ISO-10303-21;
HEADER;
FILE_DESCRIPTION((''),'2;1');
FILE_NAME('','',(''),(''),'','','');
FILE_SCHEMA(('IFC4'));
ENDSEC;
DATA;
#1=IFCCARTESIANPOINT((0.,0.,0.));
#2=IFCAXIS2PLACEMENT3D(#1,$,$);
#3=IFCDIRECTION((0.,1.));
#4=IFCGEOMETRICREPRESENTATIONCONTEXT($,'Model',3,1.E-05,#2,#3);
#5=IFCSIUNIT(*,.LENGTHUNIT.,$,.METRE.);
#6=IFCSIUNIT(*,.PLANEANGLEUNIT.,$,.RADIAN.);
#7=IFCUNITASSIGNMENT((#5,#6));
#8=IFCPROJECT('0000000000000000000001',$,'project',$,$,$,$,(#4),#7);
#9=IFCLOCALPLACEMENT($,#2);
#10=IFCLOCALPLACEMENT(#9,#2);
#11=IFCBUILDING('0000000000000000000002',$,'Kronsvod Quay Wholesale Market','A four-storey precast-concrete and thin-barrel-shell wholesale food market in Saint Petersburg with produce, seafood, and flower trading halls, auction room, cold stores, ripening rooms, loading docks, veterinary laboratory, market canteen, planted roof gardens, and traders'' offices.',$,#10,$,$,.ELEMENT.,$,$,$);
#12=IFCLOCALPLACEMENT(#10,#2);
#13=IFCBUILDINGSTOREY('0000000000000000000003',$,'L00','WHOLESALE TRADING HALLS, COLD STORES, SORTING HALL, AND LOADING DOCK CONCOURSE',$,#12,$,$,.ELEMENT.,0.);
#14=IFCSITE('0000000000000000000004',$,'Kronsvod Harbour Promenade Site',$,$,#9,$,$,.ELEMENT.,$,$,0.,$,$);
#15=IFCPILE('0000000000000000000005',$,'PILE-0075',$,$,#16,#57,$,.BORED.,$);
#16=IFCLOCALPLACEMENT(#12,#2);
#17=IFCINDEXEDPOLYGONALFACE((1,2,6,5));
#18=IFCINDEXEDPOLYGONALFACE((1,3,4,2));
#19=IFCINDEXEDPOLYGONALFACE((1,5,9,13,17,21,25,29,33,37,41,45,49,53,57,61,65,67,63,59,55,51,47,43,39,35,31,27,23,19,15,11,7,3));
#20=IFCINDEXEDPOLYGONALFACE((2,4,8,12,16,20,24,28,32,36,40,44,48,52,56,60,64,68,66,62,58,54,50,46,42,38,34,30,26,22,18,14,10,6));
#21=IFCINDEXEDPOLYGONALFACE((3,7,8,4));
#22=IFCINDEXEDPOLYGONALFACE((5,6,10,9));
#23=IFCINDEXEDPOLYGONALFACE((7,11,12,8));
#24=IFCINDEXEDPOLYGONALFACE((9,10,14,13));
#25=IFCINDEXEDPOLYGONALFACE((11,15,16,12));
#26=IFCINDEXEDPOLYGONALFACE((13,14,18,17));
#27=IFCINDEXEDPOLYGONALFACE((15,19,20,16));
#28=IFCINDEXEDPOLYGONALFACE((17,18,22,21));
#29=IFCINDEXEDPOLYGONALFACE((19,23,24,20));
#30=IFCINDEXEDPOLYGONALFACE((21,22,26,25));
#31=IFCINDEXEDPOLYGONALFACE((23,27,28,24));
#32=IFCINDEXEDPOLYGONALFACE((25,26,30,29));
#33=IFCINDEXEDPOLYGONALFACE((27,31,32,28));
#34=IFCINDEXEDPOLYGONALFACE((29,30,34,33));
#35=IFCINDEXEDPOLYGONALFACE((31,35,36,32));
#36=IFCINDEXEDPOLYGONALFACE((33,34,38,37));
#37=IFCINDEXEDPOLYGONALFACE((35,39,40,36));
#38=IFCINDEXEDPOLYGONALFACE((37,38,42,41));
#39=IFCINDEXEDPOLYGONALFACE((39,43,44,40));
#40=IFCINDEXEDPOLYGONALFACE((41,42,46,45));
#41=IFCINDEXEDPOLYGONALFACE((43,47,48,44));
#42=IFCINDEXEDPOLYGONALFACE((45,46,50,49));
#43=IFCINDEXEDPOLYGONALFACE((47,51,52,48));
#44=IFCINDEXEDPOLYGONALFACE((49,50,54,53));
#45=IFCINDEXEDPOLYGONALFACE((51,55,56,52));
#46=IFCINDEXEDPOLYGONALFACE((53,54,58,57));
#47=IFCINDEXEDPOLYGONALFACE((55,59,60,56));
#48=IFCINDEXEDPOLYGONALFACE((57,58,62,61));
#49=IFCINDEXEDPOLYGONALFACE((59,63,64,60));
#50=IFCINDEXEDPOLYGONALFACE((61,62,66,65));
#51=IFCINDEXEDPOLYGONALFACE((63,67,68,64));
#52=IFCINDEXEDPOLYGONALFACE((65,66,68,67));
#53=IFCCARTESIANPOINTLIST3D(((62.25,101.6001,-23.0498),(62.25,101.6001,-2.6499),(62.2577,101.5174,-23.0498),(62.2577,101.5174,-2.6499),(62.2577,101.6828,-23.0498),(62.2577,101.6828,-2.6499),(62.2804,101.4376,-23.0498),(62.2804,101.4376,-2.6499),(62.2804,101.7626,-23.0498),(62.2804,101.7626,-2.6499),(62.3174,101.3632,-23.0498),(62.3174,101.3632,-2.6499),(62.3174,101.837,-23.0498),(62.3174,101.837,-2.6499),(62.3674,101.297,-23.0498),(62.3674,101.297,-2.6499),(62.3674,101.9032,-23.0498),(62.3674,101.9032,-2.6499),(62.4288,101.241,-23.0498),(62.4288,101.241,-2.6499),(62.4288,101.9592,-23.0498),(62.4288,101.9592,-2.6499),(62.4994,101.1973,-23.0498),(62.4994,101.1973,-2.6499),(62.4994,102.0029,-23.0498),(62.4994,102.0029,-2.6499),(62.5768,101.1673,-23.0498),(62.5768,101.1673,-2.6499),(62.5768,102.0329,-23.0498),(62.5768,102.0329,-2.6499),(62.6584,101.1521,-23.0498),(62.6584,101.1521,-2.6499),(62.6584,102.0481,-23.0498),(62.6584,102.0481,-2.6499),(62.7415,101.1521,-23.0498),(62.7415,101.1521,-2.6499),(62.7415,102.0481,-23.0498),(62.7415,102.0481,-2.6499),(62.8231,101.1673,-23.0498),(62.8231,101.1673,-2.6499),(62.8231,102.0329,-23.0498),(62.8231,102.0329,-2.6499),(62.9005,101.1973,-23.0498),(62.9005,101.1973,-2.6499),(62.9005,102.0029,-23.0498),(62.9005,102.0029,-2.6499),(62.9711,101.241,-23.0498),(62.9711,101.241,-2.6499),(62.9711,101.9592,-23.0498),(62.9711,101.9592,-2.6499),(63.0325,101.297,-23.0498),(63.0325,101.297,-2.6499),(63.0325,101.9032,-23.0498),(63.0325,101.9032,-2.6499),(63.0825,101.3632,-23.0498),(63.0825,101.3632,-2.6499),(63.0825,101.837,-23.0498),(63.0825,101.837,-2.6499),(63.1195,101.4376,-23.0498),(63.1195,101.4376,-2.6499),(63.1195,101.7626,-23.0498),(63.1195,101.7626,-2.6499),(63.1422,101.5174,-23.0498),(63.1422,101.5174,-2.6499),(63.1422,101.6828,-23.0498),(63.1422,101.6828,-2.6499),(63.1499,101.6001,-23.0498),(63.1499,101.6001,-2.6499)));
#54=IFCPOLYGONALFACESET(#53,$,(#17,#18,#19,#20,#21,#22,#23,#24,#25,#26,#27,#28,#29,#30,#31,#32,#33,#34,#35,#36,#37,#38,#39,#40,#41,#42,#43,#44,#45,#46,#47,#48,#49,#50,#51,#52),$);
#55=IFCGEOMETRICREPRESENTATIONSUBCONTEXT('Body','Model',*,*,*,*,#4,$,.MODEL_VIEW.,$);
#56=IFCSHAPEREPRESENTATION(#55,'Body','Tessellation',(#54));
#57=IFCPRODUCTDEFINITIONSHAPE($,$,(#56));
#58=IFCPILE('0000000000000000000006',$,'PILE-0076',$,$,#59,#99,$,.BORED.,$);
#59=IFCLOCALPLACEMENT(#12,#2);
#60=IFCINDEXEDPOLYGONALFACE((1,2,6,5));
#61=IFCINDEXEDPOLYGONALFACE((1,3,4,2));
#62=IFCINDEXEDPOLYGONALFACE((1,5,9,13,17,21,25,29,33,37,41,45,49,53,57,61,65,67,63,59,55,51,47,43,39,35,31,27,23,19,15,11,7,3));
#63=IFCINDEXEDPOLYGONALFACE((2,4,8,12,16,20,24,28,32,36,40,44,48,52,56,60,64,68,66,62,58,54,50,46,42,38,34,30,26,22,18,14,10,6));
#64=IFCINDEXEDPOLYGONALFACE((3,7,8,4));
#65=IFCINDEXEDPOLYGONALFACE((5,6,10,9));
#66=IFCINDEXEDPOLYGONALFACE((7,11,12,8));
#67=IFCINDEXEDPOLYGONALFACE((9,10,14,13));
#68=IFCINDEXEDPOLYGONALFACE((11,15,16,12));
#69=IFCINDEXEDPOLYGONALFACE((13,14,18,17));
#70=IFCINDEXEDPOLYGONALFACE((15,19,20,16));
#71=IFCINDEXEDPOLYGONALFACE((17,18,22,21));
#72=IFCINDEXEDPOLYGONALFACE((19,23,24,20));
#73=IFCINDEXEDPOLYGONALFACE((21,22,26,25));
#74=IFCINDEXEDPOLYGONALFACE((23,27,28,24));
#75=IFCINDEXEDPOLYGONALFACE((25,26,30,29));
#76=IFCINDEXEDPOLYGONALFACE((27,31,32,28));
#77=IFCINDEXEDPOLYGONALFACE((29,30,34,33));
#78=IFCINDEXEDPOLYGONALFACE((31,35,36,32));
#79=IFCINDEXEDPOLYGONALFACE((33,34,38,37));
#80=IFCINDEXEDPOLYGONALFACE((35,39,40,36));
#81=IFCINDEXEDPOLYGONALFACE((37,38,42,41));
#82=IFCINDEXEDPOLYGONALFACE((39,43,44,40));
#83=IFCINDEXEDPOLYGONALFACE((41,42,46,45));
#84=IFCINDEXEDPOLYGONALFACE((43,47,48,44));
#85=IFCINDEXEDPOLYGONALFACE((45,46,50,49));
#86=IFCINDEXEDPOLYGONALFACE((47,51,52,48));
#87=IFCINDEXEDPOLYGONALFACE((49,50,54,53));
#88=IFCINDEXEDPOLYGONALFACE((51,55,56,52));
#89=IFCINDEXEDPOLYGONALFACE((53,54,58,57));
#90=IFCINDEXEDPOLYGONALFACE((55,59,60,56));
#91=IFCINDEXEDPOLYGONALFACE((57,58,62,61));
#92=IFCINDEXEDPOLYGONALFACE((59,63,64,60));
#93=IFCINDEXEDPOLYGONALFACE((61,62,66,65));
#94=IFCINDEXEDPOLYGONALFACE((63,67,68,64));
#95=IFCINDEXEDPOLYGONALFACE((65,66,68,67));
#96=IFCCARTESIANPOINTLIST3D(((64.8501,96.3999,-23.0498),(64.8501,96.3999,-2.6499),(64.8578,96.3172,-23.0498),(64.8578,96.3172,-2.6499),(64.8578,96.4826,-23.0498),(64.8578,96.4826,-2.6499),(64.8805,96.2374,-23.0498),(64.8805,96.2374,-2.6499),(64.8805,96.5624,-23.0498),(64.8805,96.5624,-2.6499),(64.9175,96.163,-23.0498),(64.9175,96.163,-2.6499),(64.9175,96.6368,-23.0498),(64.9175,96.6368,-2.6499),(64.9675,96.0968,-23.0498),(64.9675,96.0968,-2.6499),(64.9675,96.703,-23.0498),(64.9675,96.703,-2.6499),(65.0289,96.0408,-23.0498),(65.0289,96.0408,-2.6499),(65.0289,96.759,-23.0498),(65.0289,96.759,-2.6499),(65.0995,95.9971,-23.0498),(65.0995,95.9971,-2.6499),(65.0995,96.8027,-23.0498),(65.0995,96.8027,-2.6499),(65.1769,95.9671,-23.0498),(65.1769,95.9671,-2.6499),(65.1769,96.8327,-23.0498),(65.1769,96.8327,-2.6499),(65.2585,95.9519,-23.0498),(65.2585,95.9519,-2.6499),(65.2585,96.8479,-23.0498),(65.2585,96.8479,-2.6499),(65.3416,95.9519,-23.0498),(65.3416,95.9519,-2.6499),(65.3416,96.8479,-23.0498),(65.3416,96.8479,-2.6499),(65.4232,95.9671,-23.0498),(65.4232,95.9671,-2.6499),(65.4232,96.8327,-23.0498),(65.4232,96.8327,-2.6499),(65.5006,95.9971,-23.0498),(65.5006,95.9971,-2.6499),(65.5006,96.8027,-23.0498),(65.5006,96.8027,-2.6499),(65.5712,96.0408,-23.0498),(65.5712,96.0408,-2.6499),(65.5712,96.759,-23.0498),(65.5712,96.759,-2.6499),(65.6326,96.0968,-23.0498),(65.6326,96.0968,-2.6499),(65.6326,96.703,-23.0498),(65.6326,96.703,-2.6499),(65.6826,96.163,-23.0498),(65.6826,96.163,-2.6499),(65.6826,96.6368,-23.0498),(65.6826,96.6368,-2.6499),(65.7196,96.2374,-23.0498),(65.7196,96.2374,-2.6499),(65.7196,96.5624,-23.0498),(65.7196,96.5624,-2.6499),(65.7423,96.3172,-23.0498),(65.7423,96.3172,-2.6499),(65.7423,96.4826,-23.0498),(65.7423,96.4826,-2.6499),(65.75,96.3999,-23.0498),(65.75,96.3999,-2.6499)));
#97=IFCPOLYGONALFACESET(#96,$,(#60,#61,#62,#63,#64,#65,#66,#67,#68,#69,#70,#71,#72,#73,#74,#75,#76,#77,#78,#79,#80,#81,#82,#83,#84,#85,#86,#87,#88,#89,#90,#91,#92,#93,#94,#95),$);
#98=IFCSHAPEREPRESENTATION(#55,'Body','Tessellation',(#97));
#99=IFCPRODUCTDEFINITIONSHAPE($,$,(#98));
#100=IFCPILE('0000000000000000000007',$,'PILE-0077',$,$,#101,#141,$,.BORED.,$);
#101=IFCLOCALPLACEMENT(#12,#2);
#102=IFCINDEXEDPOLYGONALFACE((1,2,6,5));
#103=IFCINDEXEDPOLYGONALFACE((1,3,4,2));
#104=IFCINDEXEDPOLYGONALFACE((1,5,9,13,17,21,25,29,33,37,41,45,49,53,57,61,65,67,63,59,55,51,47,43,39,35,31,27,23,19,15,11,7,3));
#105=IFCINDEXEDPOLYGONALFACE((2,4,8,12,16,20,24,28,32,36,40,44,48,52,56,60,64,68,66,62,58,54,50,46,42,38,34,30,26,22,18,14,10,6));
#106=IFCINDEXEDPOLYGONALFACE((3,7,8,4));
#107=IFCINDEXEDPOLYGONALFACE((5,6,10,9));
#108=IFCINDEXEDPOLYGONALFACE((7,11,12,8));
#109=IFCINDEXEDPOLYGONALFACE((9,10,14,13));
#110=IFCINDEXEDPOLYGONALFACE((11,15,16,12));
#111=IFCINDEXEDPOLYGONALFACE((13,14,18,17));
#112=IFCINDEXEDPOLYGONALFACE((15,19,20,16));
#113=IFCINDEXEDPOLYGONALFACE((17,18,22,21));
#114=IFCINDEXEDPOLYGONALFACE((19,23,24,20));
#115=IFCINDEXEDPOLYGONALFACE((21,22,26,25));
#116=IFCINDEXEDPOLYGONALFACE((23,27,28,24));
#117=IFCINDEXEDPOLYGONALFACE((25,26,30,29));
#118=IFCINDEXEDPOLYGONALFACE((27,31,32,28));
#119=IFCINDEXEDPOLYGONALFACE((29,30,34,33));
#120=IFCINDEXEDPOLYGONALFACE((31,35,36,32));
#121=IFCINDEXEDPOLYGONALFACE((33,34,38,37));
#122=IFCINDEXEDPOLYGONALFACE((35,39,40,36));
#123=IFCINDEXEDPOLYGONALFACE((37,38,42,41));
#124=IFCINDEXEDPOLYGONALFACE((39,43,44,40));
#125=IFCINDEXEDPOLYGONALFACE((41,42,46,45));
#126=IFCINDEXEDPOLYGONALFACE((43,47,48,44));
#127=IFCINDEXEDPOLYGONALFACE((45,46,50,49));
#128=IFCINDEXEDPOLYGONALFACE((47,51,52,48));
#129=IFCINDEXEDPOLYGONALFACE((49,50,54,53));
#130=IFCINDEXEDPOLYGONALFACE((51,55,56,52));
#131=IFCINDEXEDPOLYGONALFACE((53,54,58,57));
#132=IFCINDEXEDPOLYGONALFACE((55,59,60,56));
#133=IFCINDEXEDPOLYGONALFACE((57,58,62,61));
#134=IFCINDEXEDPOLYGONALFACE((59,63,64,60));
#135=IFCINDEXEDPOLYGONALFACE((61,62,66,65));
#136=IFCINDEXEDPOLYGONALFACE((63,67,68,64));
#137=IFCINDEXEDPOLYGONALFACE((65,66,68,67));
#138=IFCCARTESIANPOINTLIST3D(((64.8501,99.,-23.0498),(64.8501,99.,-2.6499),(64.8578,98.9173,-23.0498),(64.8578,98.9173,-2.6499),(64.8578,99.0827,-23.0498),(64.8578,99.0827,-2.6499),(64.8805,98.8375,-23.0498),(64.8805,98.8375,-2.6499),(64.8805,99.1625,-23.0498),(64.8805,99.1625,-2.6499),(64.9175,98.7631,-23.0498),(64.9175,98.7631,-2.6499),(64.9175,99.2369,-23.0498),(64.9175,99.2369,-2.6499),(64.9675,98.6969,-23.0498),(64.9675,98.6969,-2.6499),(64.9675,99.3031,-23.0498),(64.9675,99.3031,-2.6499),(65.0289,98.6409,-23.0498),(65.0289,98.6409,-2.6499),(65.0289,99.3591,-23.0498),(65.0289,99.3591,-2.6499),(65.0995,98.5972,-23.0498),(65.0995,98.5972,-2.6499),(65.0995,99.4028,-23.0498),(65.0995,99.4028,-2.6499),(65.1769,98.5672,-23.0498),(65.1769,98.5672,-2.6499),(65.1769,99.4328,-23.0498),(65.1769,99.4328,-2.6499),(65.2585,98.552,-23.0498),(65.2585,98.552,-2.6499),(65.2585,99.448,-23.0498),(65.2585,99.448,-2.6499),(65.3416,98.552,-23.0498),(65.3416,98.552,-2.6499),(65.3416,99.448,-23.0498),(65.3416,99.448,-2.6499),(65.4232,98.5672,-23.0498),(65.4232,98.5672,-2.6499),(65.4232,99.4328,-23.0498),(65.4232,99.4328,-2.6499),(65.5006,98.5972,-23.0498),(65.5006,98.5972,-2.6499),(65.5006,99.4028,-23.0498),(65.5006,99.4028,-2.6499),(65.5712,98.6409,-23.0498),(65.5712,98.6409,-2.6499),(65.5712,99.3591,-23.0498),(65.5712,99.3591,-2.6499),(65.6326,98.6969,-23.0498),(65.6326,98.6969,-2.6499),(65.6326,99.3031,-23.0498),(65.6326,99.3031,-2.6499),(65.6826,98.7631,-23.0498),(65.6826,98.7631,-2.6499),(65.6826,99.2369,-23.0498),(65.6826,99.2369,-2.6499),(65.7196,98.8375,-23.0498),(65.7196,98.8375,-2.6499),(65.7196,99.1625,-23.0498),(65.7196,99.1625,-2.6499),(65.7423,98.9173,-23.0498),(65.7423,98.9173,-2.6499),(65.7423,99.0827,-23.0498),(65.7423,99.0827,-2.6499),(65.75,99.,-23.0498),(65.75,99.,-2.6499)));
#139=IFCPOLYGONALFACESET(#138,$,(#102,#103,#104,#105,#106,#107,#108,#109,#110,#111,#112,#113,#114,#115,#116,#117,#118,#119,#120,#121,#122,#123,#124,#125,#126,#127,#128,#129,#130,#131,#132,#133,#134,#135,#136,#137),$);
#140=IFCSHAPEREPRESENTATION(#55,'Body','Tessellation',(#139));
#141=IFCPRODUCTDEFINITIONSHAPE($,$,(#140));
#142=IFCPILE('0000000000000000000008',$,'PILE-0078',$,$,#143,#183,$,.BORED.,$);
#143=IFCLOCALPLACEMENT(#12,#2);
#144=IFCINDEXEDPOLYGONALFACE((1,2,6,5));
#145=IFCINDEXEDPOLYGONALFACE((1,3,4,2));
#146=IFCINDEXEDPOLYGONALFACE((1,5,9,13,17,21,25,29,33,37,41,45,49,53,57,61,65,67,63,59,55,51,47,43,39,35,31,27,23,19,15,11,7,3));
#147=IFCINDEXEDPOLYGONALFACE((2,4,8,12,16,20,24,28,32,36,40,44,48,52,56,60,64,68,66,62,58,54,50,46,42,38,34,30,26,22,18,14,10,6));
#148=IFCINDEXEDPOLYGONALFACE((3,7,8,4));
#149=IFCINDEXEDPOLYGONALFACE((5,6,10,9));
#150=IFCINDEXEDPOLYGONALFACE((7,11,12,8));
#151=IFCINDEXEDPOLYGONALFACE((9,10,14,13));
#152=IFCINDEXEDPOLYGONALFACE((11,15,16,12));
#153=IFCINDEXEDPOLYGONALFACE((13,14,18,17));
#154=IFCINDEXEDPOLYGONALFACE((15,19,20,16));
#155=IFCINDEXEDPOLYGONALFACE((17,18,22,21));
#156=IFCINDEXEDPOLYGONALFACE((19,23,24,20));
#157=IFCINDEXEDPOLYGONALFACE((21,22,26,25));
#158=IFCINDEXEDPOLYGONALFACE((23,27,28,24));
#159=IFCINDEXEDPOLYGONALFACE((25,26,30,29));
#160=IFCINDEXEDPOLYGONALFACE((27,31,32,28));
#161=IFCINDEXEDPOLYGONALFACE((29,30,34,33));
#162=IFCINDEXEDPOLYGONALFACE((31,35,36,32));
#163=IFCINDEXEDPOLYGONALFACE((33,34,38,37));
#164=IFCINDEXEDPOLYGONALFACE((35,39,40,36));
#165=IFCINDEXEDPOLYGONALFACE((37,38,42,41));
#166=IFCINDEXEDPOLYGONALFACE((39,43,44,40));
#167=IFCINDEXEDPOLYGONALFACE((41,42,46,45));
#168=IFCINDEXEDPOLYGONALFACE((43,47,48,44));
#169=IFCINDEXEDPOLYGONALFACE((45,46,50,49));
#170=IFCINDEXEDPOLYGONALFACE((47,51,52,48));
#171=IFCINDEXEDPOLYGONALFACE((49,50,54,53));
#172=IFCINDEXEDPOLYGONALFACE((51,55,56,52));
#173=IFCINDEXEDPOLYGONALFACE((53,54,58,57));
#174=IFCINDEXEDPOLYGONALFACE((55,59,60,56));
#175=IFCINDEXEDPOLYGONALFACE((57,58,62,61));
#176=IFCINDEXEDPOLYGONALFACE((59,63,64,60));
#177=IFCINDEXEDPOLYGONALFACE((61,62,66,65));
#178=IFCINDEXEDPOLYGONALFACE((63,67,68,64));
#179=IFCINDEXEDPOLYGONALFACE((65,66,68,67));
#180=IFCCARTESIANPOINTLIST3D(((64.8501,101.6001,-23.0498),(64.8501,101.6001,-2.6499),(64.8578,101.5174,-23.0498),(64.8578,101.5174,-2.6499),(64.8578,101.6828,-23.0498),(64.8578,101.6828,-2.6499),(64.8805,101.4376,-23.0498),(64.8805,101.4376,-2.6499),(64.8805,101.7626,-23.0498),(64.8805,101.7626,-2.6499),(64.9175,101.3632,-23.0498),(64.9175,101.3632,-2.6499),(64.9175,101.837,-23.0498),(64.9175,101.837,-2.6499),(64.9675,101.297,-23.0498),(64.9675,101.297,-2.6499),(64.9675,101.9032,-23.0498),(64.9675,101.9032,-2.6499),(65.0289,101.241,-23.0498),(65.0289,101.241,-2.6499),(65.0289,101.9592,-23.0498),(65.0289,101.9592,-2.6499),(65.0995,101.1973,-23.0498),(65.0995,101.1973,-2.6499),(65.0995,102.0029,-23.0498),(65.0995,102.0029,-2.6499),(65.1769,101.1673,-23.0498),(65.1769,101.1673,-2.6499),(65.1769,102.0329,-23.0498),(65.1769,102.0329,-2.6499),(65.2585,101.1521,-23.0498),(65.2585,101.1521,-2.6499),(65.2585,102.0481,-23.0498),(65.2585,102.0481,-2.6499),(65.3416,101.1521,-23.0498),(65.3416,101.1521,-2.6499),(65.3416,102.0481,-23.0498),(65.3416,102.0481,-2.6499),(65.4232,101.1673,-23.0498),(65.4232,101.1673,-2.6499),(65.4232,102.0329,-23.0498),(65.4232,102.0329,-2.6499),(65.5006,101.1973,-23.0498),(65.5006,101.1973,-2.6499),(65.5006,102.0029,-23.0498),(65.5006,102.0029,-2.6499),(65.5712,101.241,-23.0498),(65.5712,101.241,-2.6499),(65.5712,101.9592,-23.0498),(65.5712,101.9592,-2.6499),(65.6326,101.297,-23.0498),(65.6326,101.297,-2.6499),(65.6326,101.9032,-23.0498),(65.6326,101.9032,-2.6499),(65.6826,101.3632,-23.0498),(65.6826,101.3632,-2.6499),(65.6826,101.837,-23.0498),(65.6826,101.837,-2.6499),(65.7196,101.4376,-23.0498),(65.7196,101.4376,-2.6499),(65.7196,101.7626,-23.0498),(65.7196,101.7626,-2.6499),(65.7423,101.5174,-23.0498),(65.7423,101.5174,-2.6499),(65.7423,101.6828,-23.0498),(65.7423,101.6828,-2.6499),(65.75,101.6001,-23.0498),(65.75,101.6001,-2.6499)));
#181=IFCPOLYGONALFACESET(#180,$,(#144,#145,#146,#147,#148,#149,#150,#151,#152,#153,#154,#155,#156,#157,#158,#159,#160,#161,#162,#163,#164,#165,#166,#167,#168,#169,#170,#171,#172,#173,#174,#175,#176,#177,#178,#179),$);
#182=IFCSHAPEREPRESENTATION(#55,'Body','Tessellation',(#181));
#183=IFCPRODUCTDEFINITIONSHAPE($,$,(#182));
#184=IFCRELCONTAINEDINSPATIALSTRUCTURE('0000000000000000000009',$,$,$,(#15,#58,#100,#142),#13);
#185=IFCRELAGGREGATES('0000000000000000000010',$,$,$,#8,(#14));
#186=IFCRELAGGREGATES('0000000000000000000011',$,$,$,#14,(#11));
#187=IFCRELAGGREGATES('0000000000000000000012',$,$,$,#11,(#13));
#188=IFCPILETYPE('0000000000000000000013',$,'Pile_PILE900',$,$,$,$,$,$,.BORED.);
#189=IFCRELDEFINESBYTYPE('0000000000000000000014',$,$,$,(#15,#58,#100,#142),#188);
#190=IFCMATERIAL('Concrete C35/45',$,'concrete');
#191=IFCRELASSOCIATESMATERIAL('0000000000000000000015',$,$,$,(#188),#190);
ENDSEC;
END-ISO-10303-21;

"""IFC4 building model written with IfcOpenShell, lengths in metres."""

from ifc_helpers import new_model, si_unit, direction, frame, origin, origin_2d, place, context, subcontext, project, spatial, circle, extrude, material, material_profile, profile_set, type_object, element, save


model = new_model("IFC4")

# Units and contexts
model_context = context("Model", 3, precision=1e-05, world=origin(), true_north=direction((0.0, 1.0)))
body_context = subcontext(model_context, "Body", "Model", "MODEL_VIEW")
ifc_project = project(units=[si_unit("LENGTHUNIT", "METRE"), si_unit("PLANEANGLEUNIT", "RADIAN")], contexts=[model_context])

# Site, building, storey
site_placement = place(None, origin())
site = spatial("IfcSite", under=ifc_project, at=site_placement, Name="Kronsvod Harbour Promenade Site", CompositionType="ELEMENT", RefElevation=0.0)
building_placement = place(site_placement, origin())
building = spatial("IfcBuilding", under=site, at=building_placement, Name="Kronsvod Quay Wholesale Market", Description="A four-storey precast-concrete and thin-barrel-shell wholesale food market in Saint Petersburg with produce, seafood, and flower trading halls, auction room, cold stores, ripening rooms, loading docks, veterinary laboratory, market canteen, planted roof gardens, and traders' offices.", CompositionType="ELEMENT")
storey_placement = place(building_placement, origin())
storey = spatial("IfcBuildingStorey", under=building, at=storey_placement, Name="L00", Description="WHOLESALE TRADING HALLS, COLD STORES, SORTING HALL, AND LOADING DOCK CONCOURSE", CompositionType="ELEMENT", Elevation=0.0)

# Piles
ifc_material_1 = material(Name="Concrete C35/45", Category="concrete")
ifc_material_profile_1 = material_profile(ifc_material_1, circle(Radius=0.45, at=origin_2d()), Name="PILE900")
ifc_profile_set_1 = profile_set([ifc_material_profile_1], Name="Concrete C35/45")
pile_type = type_object("IfcPileType", Name="Pile_PILE900", PredefinedType="BORED", material=ifc_profile_set_1)
for number, where, z_axis, x_axis, name in (
    (1, (62.7, 101.6001, -2.6499), (0.0, 0.0, -1.0), (1.0, 0.0, 0.0), "PILE-0075"),
    (2, (65.3, 96.3999, -2.6499), (0.0, 0.0, -1.0), (1.0, 0.0, 0.0), "PILE-0076"),
    (3, (65.3, 99.0, -2.6499), (0.0, 0.0, -1.0), (1.0, 0.0, 0.0), "PILE-0077"),
    (4, (65.3, 101.6001, -2.6499), (0.0, 0.0, -1.0), (1.0, 0.0, 0.0), "PILE-0078"),
):
    element("IfcPile", number, at=place(storey_placement, frame(where, z_axis=z_axis, x_axis=x_axis)), inside=storey, type_object=pile_type, Name=name, PredefinedType="BORED", context=body_context, shape_type="SweptSolid", body=[
        extrude(circle(Radius=0.45, at=origin_2d()), origin(), (0.0, 0.0, 1.0), 20.3999),
    ])

save(model, "model.ifc")
